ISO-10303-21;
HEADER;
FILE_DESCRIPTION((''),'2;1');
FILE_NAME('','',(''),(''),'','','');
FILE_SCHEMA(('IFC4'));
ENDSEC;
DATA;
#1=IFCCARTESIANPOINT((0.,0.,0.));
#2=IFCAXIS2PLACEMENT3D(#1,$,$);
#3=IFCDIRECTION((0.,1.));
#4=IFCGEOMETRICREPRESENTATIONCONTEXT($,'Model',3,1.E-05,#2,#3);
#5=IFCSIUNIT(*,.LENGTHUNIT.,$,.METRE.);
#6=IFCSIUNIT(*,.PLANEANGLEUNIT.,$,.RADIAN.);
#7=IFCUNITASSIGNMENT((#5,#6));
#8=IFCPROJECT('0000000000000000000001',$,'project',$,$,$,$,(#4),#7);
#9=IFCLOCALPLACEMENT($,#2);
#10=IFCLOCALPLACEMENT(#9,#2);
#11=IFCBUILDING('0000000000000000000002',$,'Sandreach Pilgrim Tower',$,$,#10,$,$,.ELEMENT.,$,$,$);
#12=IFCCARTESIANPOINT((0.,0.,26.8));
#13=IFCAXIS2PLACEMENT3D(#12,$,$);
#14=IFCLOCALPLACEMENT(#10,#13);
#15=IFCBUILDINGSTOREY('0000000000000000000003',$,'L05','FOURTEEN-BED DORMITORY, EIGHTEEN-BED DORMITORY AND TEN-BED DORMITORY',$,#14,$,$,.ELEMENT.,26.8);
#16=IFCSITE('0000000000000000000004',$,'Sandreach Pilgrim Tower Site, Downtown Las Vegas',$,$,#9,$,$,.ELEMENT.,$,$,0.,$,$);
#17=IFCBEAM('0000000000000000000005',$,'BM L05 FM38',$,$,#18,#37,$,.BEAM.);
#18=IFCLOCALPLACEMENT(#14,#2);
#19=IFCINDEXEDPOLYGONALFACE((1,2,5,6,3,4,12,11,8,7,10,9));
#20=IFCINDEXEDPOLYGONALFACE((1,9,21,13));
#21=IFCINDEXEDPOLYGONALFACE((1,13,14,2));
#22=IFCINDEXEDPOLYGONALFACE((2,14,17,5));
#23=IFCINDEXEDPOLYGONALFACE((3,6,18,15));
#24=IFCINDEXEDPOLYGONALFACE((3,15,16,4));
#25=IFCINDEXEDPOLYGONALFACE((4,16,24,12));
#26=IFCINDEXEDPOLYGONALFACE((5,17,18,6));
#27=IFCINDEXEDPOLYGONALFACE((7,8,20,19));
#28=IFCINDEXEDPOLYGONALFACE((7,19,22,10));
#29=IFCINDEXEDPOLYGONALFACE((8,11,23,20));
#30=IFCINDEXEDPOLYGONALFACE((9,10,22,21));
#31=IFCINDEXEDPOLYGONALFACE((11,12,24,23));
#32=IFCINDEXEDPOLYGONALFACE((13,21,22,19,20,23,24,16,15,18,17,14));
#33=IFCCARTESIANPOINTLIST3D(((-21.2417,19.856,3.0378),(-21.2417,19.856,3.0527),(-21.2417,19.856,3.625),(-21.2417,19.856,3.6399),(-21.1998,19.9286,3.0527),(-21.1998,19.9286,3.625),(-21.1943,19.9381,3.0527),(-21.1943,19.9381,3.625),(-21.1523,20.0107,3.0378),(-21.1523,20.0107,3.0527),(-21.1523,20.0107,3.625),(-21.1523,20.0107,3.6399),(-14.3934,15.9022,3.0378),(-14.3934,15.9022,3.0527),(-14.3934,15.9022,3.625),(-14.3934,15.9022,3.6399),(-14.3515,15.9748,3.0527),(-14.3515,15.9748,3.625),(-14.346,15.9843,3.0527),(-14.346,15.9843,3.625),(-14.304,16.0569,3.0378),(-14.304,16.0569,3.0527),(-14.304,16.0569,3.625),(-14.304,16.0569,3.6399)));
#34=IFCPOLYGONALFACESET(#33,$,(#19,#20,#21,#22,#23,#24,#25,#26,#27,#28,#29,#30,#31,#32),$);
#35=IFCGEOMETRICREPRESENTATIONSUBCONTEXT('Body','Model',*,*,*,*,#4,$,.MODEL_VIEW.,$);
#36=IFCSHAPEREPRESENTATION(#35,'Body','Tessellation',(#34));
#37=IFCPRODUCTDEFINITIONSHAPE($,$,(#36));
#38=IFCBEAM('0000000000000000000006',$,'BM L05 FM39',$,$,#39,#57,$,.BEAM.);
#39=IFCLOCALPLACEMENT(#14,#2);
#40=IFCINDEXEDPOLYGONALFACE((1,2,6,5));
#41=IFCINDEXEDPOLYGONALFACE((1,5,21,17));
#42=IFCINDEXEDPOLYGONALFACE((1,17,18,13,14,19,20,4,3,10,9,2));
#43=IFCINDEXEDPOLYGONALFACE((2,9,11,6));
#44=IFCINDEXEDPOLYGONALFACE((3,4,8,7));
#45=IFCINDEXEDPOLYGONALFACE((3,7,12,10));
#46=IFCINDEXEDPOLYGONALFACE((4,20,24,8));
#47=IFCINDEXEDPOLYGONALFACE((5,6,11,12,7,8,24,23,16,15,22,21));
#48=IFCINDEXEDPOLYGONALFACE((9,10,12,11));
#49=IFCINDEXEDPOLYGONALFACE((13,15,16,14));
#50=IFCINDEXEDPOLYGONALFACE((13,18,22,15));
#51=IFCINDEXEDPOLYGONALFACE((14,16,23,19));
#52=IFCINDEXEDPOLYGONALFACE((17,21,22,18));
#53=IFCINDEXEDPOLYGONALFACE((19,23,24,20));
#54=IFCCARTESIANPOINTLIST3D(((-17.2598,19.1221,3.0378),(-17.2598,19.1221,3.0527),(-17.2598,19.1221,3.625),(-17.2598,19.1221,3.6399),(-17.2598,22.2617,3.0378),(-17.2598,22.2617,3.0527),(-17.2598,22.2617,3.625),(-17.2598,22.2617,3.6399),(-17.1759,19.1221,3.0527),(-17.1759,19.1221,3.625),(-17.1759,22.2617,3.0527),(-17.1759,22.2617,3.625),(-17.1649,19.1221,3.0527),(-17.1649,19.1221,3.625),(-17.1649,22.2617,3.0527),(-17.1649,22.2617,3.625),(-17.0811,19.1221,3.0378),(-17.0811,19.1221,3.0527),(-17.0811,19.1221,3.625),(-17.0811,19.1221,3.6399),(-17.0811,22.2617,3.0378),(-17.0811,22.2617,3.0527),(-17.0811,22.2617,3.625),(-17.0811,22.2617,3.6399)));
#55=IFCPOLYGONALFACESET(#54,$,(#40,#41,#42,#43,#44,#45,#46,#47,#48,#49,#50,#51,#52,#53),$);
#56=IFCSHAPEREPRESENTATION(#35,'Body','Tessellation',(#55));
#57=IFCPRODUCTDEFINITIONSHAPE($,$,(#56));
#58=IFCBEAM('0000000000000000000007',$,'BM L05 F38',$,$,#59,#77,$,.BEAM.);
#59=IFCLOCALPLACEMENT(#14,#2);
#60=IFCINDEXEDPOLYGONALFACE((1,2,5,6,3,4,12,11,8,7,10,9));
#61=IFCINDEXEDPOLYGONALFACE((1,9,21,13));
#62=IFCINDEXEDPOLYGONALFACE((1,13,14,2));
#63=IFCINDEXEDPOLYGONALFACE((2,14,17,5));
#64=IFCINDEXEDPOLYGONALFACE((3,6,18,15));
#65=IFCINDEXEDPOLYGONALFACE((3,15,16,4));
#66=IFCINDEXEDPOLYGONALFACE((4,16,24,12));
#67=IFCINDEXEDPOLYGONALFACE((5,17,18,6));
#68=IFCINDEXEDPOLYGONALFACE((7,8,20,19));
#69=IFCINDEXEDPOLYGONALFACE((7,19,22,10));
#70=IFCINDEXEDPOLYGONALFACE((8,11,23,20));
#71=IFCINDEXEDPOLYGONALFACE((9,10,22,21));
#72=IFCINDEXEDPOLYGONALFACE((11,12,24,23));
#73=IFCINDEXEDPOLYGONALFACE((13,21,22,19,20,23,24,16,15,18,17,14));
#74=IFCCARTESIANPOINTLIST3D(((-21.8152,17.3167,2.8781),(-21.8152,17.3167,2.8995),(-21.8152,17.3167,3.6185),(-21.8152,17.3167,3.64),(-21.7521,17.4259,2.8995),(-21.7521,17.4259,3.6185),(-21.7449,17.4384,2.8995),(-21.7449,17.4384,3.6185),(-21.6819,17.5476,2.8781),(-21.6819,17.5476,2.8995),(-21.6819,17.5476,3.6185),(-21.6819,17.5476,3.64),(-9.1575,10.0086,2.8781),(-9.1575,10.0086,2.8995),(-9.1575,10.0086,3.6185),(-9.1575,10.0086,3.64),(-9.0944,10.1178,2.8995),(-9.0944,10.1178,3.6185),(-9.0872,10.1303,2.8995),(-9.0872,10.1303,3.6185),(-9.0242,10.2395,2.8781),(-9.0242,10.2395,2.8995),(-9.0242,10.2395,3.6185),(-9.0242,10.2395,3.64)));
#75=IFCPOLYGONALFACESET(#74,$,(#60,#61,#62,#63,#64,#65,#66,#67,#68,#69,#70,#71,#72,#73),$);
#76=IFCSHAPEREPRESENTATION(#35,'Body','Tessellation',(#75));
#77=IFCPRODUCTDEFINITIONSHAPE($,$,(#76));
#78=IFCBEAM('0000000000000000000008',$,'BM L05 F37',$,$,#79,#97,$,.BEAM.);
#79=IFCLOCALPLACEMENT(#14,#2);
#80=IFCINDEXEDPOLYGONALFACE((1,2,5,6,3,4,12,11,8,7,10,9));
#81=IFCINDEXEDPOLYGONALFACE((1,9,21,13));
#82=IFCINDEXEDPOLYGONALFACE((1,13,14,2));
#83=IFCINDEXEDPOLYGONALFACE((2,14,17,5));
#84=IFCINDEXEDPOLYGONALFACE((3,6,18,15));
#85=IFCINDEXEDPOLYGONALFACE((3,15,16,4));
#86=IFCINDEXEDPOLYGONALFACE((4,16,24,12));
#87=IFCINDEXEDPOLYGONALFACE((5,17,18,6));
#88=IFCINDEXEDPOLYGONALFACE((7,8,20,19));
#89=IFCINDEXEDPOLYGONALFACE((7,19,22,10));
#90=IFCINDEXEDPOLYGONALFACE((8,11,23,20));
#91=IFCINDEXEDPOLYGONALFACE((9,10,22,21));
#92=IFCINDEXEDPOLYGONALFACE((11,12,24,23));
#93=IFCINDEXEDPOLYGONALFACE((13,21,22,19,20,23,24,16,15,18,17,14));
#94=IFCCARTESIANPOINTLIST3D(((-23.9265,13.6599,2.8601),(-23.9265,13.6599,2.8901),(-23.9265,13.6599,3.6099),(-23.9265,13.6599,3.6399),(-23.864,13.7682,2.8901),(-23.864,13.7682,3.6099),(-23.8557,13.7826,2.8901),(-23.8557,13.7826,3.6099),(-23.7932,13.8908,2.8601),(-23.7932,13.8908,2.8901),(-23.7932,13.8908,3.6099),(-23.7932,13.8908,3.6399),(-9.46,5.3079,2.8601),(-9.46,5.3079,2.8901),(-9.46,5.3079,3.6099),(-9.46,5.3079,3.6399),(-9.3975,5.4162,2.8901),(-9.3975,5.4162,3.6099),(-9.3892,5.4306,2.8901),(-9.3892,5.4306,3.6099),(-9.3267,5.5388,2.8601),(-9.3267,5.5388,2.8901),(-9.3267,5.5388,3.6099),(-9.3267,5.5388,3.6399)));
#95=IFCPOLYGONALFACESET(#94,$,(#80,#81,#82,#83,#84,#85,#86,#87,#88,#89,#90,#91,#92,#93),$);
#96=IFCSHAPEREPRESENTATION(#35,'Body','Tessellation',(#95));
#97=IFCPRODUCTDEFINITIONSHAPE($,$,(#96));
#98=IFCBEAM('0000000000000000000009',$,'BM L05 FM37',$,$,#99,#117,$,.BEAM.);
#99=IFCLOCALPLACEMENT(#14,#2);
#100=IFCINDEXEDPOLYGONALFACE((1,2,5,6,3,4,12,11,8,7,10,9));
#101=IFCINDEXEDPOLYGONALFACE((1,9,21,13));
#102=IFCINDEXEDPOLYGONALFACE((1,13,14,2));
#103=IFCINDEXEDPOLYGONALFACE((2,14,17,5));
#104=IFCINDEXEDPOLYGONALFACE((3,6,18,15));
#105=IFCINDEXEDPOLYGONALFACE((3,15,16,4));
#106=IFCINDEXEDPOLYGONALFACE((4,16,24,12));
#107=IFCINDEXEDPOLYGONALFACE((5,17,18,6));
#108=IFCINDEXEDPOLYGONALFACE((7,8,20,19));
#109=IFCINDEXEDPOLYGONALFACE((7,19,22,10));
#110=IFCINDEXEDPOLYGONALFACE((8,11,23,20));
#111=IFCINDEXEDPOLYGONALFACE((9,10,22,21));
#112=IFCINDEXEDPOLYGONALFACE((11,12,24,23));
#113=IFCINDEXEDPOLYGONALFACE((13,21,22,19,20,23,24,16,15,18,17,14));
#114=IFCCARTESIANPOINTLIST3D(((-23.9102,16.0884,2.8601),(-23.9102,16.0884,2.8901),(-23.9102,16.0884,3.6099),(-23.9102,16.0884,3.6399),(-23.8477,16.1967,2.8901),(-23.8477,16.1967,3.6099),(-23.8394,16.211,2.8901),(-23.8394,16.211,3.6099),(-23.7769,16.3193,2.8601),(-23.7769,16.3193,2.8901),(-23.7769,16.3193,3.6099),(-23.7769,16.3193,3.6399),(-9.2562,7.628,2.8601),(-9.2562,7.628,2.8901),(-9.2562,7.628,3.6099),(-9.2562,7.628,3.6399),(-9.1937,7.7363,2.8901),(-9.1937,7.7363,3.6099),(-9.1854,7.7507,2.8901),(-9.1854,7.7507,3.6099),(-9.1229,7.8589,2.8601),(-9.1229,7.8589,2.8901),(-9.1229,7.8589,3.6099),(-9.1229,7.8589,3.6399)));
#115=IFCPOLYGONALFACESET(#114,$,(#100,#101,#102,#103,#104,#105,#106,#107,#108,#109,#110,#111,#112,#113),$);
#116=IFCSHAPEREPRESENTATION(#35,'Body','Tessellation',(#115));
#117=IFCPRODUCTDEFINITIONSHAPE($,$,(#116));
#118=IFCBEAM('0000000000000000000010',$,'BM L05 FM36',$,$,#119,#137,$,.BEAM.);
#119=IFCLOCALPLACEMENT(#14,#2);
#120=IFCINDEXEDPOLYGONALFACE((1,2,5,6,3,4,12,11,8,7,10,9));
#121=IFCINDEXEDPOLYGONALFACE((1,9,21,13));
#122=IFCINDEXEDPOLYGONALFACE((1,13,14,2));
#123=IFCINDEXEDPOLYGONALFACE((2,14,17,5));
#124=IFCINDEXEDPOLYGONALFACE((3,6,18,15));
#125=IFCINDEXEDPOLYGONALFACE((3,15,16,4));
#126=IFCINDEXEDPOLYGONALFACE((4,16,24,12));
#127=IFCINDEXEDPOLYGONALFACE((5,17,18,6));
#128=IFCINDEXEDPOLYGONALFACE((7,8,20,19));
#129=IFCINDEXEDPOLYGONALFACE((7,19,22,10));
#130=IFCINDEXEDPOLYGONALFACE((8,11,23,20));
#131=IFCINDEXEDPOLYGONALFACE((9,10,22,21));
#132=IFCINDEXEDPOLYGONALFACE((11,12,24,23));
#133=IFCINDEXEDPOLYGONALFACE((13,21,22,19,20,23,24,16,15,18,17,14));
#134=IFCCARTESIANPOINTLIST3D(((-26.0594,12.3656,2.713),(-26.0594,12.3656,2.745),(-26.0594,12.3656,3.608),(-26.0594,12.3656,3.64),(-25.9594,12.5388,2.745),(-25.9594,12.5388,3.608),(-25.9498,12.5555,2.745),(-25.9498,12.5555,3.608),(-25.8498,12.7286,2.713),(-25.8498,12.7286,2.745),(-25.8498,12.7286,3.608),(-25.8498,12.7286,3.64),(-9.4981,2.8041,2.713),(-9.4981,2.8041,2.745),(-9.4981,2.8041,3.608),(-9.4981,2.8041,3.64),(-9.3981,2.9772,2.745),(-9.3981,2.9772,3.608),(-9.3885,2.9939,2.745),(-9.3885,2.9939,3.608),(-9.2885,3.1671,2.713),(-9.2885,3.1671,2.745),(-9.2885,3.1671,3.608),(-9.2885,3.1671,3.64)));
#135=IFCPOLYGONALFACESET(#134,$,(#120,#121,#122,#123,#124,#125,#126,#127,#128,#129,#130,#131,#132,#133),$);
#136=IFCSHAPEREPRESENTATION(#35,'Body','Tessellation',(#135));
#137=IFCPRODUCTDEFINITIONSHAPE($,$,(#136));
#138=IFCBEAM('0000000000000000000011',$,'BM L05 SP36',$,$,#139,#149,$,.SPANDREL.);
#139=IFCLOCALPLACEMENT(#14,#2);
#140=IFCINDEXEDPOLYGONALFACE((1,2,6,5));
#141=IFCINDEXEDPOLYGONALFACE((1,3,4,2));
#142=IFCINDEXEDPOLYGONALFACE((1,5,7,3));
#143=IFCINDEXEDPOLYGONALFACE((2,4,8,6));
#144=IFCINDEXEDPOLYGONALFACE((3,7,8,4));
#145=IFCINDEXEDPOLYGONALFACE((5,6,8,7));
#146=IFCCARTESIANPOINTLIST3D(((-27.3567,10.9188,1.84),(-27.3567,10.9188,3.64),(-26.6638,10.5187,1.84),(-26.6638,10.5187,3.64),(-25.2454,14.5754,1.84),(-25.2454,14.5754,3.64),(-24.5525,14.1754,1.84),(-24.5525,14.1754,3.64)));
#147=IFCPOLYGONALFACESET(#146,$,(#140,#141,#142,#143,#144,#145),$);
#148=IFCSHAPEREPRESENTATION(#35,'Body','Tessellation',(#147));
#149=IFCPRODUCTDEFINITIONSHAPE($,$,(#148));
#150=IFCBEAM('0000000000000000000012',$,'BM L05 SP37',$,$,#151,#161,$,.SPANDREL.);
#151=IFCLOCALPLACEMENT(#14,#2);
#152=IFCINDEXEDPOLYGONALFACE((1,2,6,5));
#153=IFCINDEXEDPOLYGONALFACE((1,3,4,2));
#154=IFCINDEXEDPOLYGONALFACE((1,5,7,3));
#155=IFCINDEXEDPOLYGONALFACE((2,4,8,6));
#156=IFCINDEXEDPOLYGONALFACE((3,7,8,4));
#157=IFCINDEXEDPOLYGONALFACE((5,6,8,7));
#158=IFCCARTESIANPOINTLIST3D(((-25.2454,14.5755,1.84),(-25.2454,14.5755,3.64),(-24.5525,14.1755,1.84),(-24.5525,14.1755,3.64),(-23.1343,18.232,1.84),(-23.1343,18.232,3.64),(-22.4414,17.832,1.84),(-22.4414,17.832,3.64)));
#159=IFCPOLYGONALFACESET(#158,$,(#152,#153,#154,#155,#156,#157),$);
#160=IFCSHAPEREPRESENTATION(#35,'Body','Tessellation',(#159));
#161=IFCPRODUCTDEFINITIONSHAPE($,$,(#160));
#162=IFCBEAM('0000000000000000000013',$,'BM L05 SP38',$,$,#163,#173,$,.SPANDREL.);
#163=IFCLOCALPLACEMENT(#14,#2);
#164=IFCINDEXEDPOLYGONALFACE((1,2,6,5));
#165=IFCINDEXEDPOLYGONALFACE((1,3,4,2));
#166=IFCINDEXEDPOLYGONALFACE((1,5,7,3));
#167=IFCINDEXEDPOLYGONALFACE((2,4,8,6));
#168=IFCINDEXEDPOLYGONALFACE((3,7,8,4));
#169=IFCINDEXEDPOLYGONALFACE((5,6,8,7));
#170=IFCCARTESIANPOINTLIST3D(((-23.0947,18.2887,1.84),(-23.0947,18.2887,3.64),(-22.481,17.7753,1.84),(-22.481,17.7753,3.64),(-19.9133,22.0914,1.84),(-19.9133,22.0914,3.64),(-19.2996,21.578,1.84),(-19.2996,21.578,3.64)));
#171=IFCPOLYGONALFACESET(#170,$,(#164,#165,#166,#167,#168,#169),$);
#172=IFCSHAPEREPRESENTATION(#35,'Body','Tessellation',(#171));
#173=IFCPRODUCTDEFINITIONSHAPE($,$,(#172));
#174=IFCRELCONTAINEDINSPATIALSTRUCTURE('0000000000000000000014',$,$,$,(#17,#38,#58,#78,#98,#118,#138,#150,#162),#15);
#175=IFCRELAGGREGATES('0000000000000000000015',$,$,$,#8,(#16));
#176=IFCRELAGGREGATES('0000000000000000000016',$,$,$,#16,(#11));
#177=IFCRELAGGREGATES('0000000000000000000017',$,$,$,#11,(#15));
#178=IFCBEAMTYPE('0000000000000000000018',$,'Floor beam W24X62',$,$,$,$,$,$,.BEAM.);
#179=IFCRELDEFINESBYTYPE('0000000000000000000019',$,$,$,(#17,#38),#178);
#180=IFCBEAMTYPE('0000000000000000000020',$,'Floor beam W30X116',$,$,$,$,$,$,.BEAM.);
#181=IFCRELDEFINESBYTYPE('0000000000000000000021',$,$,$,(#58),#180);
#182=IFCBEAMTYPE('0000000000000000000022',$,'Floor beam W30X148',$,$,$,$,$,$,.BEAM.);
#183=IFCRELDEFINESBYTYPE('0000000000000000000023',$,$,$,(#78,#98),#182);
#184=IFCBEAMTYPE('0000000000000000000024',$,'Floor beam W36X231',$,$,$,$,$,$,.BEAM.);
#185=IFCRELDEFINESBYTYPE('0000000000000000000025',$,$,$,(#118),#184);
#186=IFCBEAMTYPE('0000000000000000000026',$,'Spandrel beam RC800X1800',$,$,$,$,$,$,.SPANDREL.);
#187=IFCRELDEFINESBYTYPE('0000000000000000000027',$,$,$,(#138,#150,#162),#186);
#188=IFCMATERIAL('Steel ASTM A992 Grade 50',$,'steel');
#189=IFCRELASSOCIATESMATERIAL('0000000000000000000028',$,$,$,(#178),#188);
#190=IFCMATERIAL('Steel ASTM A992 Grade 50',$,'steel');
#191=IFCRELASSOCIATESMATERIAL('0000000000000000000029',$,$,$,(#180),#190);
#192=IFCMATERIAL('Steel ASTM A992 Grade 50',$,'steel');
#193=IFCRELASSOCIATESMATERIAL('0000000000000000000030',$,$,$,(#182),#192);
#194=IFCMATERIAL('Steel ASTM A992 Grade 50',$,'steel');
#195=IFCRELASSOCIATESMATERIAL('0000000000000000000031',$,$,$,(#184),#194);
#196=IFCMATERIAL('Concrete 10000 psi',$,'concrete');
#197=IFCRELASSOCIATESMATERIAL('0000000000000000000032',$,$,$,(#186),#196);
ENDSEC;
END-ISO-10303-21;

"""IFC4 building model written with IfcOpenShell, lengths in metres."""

from ifc_helpers import new_model, si_unit, direction, frame, origin, origin_2d, place, context, subcontext, project, spatial, rectangle, i_section, extrude, material, material_profile, profile_set, type_object, element, save


model = new_model("IFC4")

# Units and contexts
model_context = context("Model", 3, precision=1e-05, world=origin(), true_north=direction((0.0, 1.0)))
body_context = subcontext(model_context, "Body", "Model", "MODEL_VIEW")
ifc_project = project(units=[si_unit("LENGTHUNIT", "METRE"), si_unit("PLANEANGLEUNIT", "RADIAN")], contexts=[model_context])

# Site, building, storey
site_placement = place(None, origin())
site = spatial("IfcSite", under=ifc_project, at=site_placement, Name="Sandreach Pilgrim Tower Site, Downtown Las Vegas", CompositionType="ELEMENT", RefElevation=0.0)
building_placement = place(site_placement, origin())
building = spatial("IfcBuilding", under=site, at=building_placement, Name="Sandreach Pilgrim Tower", CompositionType="ELEMENT")
storey_placement = place(building_placement, frame((0.0, 0.0, 26.8)))
storey = spatial("IfcBuildingStorey", under=building, at=storey_placement, Name="L05", Description="FOURTEEN-BED DORMITORY, EIGHTEEN-BED DORMITORY AND TEN-BED DORMITORY", CompositionType="ELEMENT", Elevation=26.8)

# Beams
ifc_material_1 = material(Name="Steel ASTM A992 Grade 50", Category="steel")
ifc_material_profile_1 = material_profile(ifc_material_1, i_section(OverallWidth=0.1787, OverallDepth=0.6021, WebThickness=0.011, FlangeThickness=0.0149, at=origin_2d()), Name="W24X62")
ifc_profile_set_1 = profile_set([ifc_material_profile_1], Name="Steel ASTM A992 Grade 50")
beam_type_1 = type_object("IfcBeamType", Name="Floor beam W24X62", PredefinedType="BEAM", material=ifc_profile_set_1)
beam_1_placement = place(storey_placement, frame((-21.197, 19.9333, 3.3389), z_axis=(0.866029, -0.499994, 0.0), x_axis=(0.499994, 0.866029, 0.0)))
element("IfcBeam", 1, at=beam_1_placement, inside=storey, type_object=beam_type_1, Name="BM L05 FM38", PredefinedType="BEAM", context=body_context, shape_type="SweptSolid", body=[
    extrude(i_section(OverallWidth=0.1787, OverallDepth=0.6021, WebThickness=0.011, FlangeThickness=0.0149, at=origin_2d()), origin(), (0.0, 0.0, 1.0), 7.9077),
])
beam_2_placement = place(storey_placement, frame((-17.1704, 22.2617, 3.3389), z_axis=(0.0, -1.0, 0.0), x_axis=(1.0, 0.0, 0.0)))
element("IfcBeam", 2, at=beam_2_placement, inside=storey, type_object=beam_type_1, Name="BM L05 FM39", PredefinedType="BEAM", context=body_context, shape_type="SweptSolid", body=[
    extrude(i_section(OverallWidth=0.1787, OverallDepth=0.6021, WebThickness=0.011, FlangeThickness=0.0149, at=origin_2d()), origin(), (0.0, 0.0, 1.0), 3.1396),
])
ifc_material_2 = material(Name="Steel ASTM A992 Grade 50", Category="steel")
ifc_material_profile_2 = material_profile(ifc_material_2, i_section(OverallWidth=0.2666, OverallDepth=0.762, WebThickness=0.0144, FlangeThickness=0.0215, at=origin_2d()), Name="W30X116")
ifc_profile_set_2 = profile_set([ifc_material_profile_2], Name="Steel ASTM A992 Grade 50")
beam_type_2 = type_object("IfcBeamType", Name="Floor beam W30X116", PredefinedType="BEAM", material=ifc_profile_set_2)
beam_3_placement = place(storey_placement, frame((-21.7485, 17.4321, 3.259), z_axis=(0.86602, -0.500009, 0.0), x_axis=(0.500009, 0.86602, 0.0)))
element("IfcBeam", 3, at=beam_3_placement, inside=storey, type_object=beam_type_2, Name="BM L05 F38", PredefinedType="BEAM", context=body_context, shape_type="SweptSolid", body=[
    extrude(i_section(OverallWidth=0.2666, OverallDepth=0.762, WebThickness=0.0144, FlangeThickness=0.0215, at=origin_2d()), origin(), (0.0, 0.0, 1.0), 14.616),
])
ifc_material_3 = material(Name="Steel ASTM A992 Grade 50", Category="steel")
ifc_material_profile_3 = material_profile(ifc_material_3, i_section(OverallWidth=0.2666, OverallDepth=0.7798, WebThickness=0.0166, FlangeThickness=0.03, at=origin_2d()), Name="W30X148")
ifc_profile_set_3 = profile_set([ifc_material_profile_3], Name="Steel ASTM A992 Grade 50")
beam_type_3 = type_object("IfcBeamType", Name="Floor beam W30X148", PredefinedType="BEAM", material=ifc_profile_set_3)
beam_4_placement = place(storey_placement, frame((-23.8599, 13.7754, 3.25), z_axis=(0.866031, -0.49999, 0.0), x_axis=(0.49999, 0.866031, 0.0)))
element("IfcBeam", 4, at=beam_4_placement, inside=storey, type_object=beam_type_3, Name="BM L05 F37", PredefinedType="BEAM", context=body_context, shape_type="SweptSolid", body=[
    extrude(i_section(OverallWidth=0.2666, OverallDepth=0.7798, WebThickness=0.0166, FlangeThickness=0.03, at=origin_2d()), origin(), (0.0, 0.0, 1.0), 16.7043),
])
beam_5_placement = place(storey_placement, frame((-23.8435, 16.2039, 3.25), z_axis=(0.866027, -0.499997, 0.0), x_axis=(0.499997, 0.866027, 0.0)))
element("IfcBeam", 5, at=beam_5_placement, inside=storey, type_object=beam_type_3, Name="BM L05 FM37", PredefinedType="BEAM", context=body_context, shape_type="SweptSolid", body=[
    extrude(i_section(OverallWidth=0.2666, OverallDepth=0.7798, WebThickness=0.0166, FlangeThickness=0.03, at=origin_2d()), origin(), (0.0, 0.0, 1.0), 16.9209),
])
ifc_material_4 = material(Name="Steel ASTM A992 Grade 50", Category="steel")
ifc_material_profile_4 = material_profile(ifc_material_4, i_section(OverallWidth=0.4192, OverallDepth=0.927, WebThickness=0.0193, FlangeThickness=0.032, at=origin_2d()), Name="W36X231")
ifc_profile_set_4 = profile_set([ifc_material_profile_4], Name="Steel ASTM A992 Grade 50")
beam_type_4 = type_object("IfcBeamType", Name="Floor beam W36X231", PredefinedType="BEAM", material=ifc_profile_set_4)
beam_6_placement = place(storey_placement, frame((-25.9546, 12.5471, 3.1765), z_axis=(0.866028, -0.499995, 0.0), x_axis=(0.499995, 0.866028, 0.0)))
element("IfcBeam", 6, at=beam_6_placement, inside=storey, type_object=beam_type_4, Name="BM L05 FM36", PredefinedType="BEAM", context=body_context, shape_type="SweptSolid", body=[
    extrude(i_section(OverallWidth=0.4192, OverallDepth=0.927, WebThickness=0.0193, FlangeThickness=0.032, at=origin_2d()), origin(), (0.0, 0.0, 1.0), 19.1233),
])
ifc_material_5 = material(Name="Concrete 10000 psi", Category="concrete")
ifc_material_profile_5 = material_profile(ifc_material_5, rectangle(XDim=0.8, YDim=1.8, at=origin_2d()), Name="RC800X1800")
ifc_profile_set_5 = profile_set([ifc_material_profile_5], Name="Concrete 10000 psi")
beam_type_5 = type_object("IfcBeamType", Name="Spandrel beam RC800X1800", PredefinedType="SPANDREL", material=ifc_profile_set_5)
beam_7_placement = place(storey_placement, frame((-27.0103, 10.7188, 2.74), z_axis=(0.500019, 0.866014, 0.0), x_axis=(-0.866014, 0.500019, 0.0)))
element("IfcBeam", 7, at=beam_7_placement, inside=storey, type_object=beam_type_5, Name="BM L05 SP36", PredefinedType="SPANDREL", context=body_context, shape_type="SweptSolid", body=[
    extrude(rectangle(XDim=0.8, YDim=1.8, at=origin_2d()), origin(), (0.0, 0.0, 1.0), 4.2224),
])
beam_8_placement = place(storey_placement, frame((-24.8989, 14.3755, 2.74), z_axis=(0.500001, 0.866025, 0.0), x_axis=(-0.866025, 0.500001, 0.0)))
element("IfcBeam", 8, at=beam_8_placement, inside=storey, type_object=beam_type_5, Name="BM L05 SP37", PredefinedType="SPANDREL", context=body_context, shape_type="SweptSolid", body=[
    extrude(rectangle(XDim=0.8, YDim=1.8, at=origin_2d()), origin(), (0.0, 0.0, 1.0), 4.2222),
])
beam_9_placement = place(storey_placement, frame((-22.7878, 18.032, 2.74), z_axis=(0.641665, 0.766985, 0.0), x_axis=(-0.766985, 0.641665, 0.0)))
element("IfcBeam", 9, at=beam_9_placement, inside=storey, type_object=beam_type_5, Name="BM L05 SP38", PredefinedType="SPANDREL", context=body_context, shape_type="SweptSolid", body=[
    extrude(rectangle(XDim=0.8, YDim=1.8, at=origin_2d()), origin(), (0.0, 0.0, 1.0), 4.958),
])

save(model, "model.ifc")
